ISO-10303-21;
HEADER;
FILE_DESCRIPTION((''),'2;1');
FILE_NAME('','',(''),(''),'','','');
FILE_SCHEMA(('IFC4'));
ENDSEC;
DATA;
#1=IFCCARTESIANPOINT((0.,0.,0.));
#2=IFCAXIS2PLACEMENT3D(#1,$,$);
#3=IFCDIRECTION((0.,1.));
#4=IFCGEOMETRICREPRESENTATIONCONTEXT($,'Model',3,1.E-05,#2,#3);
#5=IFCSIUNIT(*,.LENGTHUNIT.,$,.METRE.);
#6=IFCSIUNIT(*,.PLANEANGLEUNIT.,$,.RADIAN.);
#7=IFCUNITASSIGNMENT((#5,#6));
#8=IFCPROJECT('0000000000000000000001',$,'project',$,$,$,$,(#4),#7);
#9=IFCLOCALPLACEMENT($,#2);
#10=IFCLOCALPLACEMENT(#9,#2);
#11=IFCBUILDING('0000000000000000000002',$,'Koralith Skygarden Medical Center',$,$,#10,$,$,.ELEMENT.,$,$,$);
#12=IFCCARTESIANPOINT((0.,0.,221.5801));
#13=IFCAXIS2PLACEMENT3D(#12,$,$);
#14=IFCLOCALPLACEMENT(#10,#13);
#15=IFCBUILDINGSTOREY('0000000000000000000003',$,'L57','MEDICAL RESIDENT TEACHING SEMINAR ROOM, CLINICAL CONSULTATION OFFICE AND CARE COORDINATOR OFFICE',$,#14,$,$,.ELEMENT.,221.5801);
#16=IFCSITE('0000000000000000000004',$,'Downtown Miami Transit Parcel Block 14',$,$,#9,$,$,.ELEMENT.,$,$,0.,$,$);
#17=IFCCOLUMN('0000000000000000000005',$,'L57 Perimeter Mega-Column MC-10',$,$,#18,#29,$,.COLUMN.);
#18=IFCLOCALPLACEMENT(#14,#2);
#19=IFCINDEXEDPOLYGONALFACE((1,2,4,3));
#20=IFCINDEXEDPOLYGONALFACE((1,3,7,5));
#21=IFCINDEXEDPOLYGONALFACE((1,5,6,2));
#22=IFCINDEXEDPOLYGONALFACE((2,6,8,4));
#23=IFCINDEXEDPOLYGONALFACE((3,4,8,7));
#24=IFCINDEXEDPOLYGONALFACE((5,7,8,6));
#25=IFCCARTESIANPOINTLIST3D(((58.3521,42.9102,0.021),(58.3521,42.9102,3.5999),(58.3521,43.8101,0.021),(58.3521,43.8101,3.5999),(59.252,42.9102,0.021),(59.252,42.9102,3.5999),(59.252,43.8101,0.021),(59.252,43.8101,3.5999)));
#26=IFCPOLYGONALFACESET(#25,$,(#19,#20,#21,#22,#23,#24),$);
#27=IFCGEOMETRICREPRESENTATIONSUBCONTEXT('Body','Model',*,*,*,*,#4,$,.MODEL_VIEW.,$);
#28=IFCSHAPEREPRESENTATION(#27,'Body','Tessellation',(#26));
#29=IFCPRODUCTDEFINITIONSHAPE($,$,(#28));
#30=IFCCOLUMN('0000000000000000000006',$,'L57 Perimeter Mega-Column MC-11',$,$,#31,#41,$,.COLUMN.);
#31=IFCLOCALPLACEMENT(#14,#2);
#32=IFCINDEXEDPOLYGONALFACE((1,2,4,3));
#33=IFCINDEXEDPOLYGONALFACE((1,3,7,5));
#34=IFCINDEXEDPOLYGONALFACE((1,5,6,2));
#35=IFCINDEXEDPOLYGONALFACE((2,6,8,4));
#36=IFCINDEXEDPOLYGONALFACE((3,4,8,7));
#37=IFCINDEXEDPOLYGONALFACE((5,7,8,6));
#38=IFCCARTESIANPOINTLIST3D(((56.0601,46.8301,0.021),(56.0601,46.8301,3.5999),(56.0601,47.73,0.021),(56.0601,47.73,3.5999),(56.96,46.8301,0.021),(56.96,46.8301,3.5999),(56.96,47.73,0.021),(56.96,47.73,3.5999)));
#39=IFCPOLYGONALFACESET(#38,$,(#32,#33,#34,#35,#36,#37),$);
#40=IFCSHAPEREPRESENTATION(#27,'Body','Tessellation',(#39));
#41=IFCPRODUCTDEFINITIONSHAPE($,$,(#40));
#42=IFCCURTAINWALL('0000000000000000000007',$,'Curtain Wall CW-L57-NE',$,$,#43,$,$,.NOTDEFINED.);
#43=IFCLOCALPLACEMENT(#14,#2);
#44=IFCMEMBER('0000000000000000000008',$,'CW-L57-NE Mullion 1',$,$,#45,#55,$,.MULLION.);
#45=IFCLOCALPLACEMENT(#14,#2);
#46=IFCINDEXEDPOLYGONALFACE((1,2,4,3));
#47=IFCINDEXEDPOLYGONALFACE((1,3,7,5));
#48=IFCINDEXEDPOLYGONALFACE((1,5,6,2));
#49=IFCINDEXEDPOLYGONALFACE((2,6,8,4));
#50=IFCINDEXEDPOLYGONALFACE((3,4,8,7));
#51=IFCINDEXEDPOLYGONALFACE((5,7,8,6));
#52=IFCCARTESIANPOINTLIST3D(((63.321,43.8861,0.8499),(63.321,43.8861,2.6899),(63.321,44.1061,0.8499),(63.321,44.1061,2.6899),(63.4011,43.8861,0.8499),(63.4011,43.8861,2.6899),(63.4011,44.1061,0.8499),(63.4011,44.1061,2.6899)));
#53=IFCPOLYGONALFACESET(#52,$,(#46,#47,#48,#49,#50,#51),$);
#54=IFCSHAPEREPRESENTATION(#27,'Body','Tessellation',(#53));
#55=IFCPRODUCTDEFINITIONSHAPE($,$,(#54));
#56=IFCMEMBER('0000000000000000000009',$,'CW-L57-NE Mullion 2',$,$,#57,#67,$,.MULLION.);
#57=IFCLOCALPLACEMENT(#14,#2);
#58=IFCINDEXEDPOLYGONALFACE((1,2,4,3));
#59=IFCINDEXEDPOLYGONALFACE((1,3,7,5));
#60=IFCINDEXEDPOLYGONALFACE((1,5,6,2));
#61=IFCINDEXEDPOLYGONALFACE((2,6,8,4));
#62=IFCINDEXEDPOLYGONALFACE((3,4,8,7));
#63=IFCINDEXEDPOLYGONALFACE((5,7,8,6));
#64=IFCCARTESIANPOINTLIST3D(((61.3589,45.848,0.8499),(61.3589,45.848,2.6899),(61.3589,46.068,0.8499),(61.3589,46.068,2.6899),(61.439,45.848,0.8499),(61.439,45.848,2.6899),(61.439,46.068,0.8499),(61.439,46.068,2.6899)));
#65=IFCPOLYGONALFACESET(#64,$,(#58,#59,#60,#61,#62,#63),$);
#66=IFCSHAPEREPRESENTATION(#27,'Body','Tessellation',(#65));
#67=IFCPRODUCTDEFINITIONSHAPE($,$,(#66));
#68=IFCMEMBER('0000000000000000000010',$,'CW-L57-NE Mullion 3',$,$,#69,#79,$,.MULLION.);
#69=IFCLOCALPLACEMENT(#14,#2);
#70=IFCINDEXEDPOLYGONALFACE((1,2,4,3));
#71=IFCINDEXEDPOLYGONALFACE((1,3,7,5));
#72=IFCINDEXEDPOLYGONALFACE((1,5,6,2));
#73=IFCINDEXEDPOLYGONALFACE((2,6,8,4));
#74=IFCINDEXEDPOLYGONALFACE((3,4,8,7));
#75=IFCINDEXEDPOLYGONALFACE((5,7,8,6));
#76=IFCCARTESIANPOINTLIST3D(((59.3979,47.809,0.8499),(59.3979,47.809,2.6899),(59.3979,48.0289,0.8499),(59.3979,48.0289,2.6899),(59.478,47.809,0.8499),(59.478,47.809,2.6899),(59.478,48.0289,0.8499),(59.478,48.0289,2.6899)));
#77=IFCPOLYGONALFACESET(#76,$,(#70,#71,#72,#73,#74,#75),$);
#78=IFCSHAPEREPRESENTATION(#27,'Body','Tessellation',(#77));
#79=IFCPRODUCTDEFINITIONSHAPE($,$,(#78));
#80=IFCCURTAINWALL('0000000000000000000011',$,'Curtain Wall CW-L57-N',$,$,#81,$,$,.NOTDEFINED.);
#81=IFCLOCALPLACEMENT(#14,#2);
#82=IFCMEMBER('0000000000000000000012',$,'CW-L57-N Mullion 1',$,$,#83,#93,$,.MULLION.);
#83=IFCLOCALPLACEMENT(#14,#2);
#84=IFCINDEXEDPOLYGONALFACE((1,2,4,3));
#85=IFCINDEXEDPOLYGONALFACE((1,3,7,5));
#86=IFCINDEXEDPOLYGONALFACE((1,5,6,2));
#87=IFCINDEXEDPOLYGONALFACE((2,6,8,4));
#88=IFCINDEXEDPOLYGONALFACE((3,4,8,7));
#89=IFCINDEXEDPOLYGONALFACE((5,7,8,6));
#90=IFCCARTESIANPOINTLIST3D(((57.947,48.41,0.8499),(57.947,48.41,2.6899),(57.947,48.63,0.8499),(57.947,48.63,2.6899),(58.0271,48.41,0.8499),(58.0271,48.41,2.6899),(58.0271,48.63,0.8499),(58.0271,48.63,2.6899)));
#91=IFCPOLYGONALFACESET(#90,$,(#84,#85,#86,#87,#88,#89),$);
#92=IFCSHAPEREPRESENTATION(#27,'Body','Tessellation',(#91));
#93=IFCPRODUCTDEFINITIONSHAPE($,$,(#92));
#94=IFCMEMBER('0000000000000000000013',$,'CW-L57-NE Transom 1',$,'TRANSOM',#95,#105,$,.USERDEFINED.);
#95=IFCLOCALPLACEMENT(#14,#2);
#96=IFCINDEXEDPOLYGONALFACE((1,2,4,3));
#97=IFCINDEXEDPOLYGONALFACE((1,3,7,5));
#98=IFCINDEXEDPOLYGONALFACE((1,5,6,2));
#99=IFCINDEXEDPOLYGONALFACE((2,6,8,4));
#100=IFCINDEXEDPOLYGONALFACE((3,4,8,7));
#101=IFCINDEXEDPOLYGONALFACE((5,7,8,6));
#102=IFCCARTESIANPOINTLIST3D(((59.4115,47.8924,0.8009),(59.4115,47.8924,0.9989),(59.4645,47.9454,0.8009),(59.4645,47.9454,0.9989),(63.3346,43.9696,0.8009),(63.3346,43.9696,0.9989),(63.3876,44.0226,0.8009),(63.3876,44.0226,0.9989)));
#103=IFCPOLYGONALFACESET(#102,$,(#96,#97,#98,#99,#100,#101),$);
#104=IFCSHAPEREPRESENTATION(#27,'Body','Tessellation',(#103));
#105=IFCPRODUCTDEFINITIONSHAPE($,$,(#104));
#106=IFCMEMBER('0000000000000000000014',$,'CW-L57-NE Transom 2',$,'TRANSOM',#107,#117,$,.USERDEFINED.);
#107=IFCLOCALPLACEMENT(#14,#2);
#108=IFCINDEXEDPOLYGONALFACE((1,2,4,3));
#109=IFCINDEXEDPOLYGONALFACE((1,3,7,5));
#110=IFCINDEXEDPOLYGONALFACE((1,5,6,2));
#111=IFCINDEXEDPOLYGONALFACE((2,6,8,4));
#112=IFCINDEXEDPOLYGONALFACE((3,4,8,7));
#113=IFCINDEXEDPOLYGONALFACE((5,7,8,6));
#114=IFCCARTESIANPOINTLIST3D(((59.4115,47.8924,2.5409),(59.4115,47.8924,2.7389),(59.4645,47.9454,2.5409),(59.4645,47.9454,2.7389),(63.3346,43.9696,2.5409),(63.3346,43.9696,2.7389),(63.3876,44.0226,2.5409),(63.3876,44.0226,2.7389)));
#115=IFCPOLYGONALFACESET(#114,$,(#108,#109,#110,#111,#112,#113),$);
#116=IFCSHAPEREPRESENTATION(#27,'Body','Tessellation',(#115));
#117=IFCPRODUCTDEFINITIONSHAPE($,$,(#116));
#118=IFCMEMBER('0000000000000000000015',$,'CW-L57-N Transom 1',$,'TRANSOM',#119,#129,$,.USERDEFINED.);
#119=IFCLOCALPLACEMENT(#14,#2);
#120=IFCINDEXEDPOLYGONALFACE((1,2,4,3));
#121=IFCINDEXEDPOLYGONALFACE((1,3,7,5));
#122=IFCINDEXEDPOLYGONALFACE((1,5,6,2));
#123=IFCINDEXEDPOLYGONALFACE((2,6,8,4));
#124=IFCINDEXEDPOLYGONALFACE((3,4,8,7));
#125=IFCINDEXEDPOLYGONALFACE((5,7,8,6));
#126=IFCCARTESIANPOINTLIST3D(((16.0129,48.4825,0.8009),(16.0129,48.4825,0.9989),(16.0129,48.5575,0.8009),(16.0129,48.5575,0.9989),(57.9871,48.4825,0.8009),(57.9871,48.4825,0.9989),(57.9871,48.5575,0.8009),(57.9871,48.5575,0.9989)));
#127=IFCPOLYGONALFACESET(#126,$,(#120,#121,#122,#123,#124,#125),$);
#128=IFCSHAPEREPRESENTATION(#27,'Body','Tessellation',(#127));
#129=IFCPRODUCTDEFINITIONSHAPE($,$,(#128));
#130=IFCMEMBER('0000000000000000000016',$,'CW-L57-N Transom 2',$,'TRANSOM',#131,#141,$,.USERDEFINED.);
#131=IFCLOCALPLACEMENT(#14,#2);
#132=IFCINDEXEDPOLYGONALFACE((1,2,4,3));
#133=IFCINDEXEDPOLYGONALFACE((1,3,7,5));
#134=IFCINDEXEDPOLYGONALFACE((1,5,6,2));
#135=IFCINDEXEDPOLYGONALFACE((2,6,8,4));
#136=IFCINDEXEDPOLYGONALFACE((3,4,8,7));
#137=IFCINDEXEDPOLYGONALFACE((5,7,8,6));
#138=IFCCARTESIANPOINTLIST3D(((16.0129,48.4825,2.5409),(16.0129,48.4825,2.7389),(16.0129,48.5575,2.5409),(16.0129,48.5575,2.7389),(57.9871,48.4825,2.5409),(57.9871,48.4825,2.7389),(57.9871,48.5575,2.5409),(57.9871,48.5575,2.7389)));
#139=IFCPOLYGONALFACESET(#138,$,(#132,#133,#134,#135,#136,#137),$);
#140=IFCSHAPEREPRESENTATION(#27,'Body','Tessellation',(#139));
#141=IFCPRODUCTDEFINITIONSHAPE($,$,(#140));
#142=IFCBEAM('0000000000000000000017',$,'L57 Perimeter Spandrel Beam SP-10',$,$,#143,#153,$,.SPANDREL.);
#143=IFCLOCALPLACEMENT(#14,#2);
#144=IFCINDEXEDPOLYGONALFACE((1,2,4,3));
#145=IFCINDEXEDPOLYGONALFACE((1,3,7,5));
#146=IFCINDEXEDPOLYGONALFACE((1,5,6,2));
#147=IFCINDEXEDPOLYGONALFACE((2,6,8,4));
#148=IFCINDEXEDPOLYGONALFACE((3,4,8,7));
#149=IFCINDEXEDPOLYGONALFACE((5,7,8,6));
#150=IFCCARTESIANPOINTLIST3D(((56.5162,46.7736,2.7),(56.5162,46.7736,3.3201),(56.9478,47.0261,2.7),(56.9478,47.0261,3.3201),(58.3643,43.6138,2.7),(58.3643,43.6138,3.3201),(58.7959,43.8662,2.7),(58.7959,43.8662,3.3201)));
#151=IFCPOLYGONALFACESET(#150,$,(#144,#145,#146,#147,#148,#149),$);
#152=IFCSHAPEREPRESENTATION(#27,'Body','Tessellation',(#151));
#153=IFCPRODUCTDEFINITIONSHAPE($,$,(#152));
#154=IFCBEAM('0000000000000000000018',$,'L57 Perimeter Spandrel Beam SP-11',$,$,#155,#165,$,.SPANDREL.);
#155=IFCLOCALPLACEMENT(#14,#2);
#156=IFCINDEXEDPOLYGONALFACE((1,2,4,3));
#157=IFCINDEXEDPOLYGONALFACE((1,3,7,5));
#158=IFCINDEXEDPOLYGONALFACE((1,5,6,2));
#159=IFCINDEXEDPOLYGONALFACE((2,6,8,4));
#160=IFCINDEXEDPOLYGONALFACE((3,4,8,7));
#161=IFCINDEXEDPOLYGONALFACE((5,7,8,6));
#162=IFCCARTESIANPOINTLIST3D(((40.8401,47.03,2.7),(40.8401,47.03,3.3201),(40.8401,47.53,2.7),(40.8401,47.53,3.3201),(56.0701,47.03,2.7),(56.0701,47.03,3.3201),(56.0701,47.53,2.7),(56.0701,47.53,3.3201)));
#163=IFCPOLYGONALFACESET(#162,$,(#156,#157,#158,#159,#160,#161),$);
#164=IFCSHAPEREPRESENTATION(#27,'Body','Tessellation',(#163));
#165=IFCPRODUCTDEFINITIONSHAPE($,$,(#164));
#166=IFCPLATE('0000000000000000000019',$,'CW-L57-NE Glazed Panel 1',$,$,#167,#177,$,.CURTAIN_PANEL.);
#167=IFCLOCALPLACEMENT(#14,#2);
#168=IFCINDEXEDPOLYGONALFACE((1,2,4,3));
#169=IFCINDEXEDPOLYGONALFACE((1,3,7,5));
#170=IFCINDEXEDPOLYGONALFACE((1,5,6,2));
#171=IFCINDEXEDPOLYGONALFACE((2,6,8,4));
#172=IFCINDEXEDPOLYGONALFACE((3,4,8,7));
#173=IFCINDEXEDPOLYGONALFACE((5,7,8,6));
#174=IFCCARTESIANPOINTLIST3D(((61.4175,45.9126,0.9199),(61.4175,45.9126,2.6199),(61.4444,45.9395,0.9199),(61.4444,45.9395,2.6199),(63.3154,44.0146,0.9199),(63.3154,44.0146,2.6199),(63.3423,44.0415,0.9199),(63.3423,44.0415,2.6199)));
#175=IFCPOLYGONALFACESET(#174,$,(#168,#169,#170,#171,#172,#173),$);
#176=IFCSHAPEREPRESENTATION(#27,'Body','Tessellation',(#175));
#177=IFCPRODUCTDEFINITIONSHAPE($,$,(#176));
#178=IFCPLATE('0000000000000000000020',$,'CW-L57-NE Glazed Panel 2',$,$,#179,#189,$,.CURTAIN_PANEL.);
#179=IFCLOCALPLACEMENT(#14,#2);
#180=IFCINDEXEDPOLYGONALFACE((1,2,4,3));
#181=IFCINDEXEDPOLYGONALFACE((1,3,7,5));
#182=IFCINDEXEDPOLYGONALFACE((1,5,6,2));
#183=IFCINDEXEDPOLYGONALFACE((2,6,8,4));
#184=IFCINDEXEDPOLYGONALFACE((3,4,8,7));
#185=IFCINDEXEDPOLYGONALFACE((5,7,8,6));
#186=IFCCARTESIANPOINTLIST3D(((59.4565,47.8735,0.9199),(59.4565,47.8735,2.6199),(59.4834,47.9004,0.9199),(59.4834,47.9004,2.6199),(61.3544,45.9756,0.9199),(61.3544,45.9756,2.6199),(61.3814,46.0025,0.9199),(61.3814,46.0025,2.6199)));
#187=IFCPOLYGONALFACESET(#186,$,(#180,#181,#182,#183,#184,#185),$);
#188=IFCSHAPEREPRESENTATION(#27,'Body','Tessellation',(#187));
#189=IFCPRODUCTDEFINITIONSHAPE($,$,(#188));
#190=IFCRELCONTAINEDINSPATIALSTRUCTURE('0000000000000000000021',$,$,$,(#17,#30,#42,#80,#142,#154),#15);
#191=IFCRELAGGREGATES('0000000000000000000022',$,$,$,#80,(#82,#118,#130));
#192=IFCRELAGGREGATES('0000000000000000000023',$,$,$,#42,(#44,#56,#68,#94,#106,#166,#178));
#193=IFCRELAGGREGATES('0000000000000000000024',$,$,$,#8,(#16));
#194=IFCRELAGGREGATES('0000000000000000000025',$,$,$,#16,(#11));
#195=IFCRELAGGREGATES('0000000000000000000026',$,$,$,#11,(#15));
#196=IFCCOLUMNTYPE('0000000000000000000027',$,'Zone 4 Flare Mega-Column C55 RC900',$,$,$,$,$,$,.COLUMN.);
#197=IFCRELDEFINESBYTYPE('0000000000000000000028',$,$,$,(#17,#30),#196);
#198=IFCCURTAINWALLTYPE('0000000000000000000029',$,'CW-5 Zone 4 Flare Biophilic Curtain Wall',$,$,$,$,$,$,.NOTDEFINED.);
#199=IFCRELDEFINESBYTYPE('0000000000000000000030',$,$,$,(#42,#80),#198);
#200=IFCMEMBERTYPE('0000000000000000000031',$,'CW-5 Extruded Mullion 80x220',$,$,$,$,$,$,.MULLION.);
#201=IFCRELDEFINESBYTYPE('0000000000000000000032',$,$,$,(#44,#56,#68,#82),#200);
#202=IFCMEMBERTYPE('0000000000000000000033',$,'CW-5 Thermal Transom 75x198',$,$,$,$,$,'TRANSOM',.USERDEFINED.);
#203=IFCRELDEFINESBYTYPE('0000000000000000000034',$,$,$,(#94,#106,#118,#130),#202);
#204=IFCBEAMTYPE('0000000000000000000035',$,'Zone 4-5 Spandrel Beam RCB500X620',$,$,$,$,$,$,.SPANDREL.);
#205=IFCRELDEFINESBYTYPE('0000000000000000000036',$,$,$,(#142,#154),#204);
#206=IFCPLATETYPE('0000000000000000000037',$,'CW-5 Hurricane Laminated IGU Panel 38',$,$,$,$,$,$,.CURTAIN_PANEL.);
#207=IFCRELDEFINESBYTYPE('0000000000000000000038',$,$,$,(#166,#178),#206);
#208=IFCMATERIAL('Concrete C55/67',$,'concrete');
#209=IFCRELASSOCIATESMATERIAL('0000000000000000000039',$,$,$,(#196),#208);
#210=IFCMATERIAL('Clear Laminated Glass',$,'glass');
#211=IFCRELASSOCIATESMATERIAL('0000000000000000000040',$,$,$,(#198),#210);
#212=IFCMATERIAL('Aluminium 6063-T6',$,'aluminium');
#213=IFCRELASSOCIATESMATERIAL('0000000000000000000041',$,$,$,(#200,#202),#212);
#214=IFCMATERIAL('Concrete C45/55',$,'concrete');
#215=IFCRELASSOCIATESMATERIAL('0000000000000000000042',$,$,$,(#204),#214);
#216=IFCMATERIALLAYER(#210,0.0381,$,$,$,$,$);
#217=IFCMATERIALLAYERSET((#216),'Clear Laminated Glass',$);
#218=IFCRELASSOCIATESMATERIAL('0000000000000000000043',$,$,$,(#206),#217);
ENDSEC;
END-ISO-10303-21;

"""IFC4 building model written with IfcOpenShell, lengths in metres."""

from ifc_helpers import new_model, si_unit, direction, frame, origin, origin_2d, place, context, subcontext, project, spatial, rectangle, extrude, material, layer, layer_set, material_profile, profile_set, type_object, element, aggregate, save


model = new_model("IFC4")

# Units and contexts
model_context = context("Model", 3, precision=1e-05, world=origin(), true_north=direction((0.0, 1.0)))
body_context = subcontext(model_context, "Body", "Model", "MODEL_VIEW")
ifc_project = project(units=[si_unit("LENGTHUNIT", "METRE"), si_unit("PLANEANGLEUNIT", "RADIAN")], contexts=[model_context])

# Site, building, storey
site_placement = place(None, origin())
site = spatial("IfcSite", under=ifc_project, at=site_placement, Name="Downtown Miami Transit Parcel Block 14", CompositionType="ELEMENT", RefElevation=0.0)
building_placement = place(site_placement, origin())
building = spatial("IfcBuilding", under=site, at=building_placement, Name="Koralith Skygarden Medical Center", CompositionType="ELEMENT")
storey_placement = place(building_placement, frame((0.0, 0.0, 221.5801)))
storey = spatial("IfcBuildingStorey", under=building, at=storey_placement, Name="L57", Description="MEDICAL RESIDENT TEACHING SEMINAR ROOM, CLINICAL CONSULTATION OFFICE AND CARE COORDINATOR OFFICE", CompositionType="ELEMENT", Elevation=221.5801)

# Columns
ifc_material_1 = material(Name="Concrete C55/67", Category="concrete")
ifc_material_profile_1 = material_profile(ifc_material_1, rectangle(XDim=0.8999, YDim=0.8999, at=origin_2d()), Name="RC900X900")
ifc_profile_set_1 = profile_set([ifc_material_profile_1], Name="Concrete C55/67")
column_type = type_object("IfcColumnType", Name="Zone 4 Flare Mega-Column C55 RC900", PredefinedType="COLUMN", material=ifc_profile_set_1)
for number, where, z_axis, x_axis, name in (
    (1, (58.802, 43.3601, 0.021), (0.0, 0.0, 1.0), (1.0, 0.0, 0.0), "L57 Perimeter Mega-Column MC-10"),
    (2, (56.51, 47.28, 0.021), (0.0, 0.0, 1.0), (1.0, 0.0, 0.0), "L57 Perimeter Mega-Column MC-11"),
):
    element("IfcColumn", number, at=place(storey_placement, frame(where, z_axis=z_axis, x_axis=x_axis)), inside=storey, type_object=column_type, Name=name, PredefinedType="COLUMN", context=body_context, shape_type="SweptSolid", body=[
        extrude(rectangle(XDim=0.8999, YDim=0.8999, at=origin_2d()), origin(), (0.0, 0.0, 1.0), 3.5789),
    ])

# Curtain wall, members
ifc_material_2 = material(Name="Clear Laminated Glass", Category="glass")
curtain_wall_type = type_object("IfcCurtainWallType", Name="CW-5 Zone 4 Flare Biophilic Curtain Wall", PredefinedType="NOTDEFINED", material=ifc_material_2)
curtain_wall_1_placement = place(storey_placement, origin())
curtain_wall_1 = element("IfcCurtainWall", 3, at=curtain_wall_1_placement, inside=storey, type_object=curtain_wall_type, Name="Curtain Wall CW-L57-NE", PredefinedType="NOTDEFINED")
ifc_material_3 = material(Name="Aluminium 6063-T6", Category="aluminium")
ifc_material_profile_2 = material_profile(ifc_material_3, rectangle(XDim=0.0801, YDim=0.22, at=origin_2d()), Name="MUL80X220")
ifc_profile_set_2 = profile_set([ifc_material_profile_2], Name="Aluminium 6063-T6")
member_type_1 = type_object("IfcMemberType", Name="CW-5 Extruded Mullion 80x220", PredefinedType="MULLION", material=ifc_profile_set_2)
member_1_placement = place(storey_placement, frame((63.3611, 43.9961, 0.8499), z_axis=(0.0, 0.0, 1.0), x_axis=(1.0, 0.0, 0.0)))
member_1 = element("IfcMember", 4, at=member_1_placement, type_object=member_type_1, Name="CW-L57-NE Mullion 1", PredefinedType="MULLION", context=body_context, shape_type="SweptSolid", body=[
    extrude(rectangle(XDim=0.0801, YDim=0.22, at=origin_2d()), origin(), (0.0, 0.0, 1.0), 1.8401),
])
member_2_placement = place(storey_placement, frame((61.3989, 45.958, 0.8499), z_axis=(0.0, 0.0, 1.0), x_axis=(1.0, 0.0, 0.0)))
member_2 = element("IfcMember", 5, at=member_2_placement, type_object=member_type_1, Name="CW-L57-NE Mullion 2", PredefinedType="MULLION", context=body_context, shape_type="SweptSolid", body=[
    extrude(rectangle(XDim=0.0801, YDim=0.22, at=origin_2d()), origin(), (0.0, 0.0, 1.0), 1.8401),
])
member_3_placement = place(storey_placement, frame((59.438, 47.9189, 0.8499), z_axis=(0.0, 0.0, 1.0), x_axis=(1.0, 0.0, 0.0)))
member_3 = element("IfcMember", 6, at=member_3_placement, type_object=member_type_1, Name="CW-L57-NE Mullion 3", PredefinedType="MULLION", context=body_context, shape_type="SweptSolid", body=[
    extrude(rectangle(XDim=0.0801, YDim=0.22, at=origin_2d()), origin(), (0.0, 0.0, 1.0), 1.8401),
])

# Curtain wall, member
curtain_wall_2_placement = place(storey_placement, origin())
curtain_wall_2 = element("IfcCurtainWall", 7, at=curtain_wall_2_placement, inside=storey, type_object=curtain_wall_type, Name="Curtain Wall CW-L57-N", PredefinedType="NOTDEFINED")
member_4_placement = place(storey_placement, frame((57.9871, 48.52, 0.8499), z_axis=(0.0, 0.0, 1.0), x_axis=(1.0, 0.0, 0.0)))
member_4 = element("IfcMember", 8, at=member_4_placement, type_object=member_type_1, Name="CW-L57-N Mullion 1", PredefinedType="MULLION", context=body_context, shape_type="SweptSolid", body=[
    extrude(rectangle(XDim=0.0801, YDim=0.22, at=origin_2d()), origin(), (0.0, 0.0, 1.0), 1.8401),
])

# Members
ifc_material_profile_3 = material_profile(ifc_material_3, rectangle(XDim=0.075, YDim=0.198, at=origin_2d()), Name="TRN75X198")
ifc_profile_set_3 = profile_set([ifc_material_profile_3], Name="Aluminium 6063-T6")
member_type_2 = type_object("IfcMemberType", Name="CW-5 Thermal Transom 75x198", ElementType="TRANSOM", PredefinedType="USERDEFINED", material=ifc_profile_set_3)
member_5_placement = place(storey_placement, frame((63.3611, 43.9961, 0.8999), z_axis=(-0.707129, 0.707085, 0.0), x_axis=(-0.707085, -0.707129, 0.0)))
member_5 = element("IfcMember", 9, at=member_5_placement, type_object=member_type_2, Name="CW-L57-NE Transom 1", ObjectType="TRANSOM", PredefinedType="USERDEFINED", context=body_context, shape_type="SweptSolid", body=[
    extrude(rectangle(XDim=0.075, YDim=0.198, at=origin_2d()), origin(), (0.0, 0.0, 1.0), 5.5479),
])
member_6_placement = place(storey_placement, frame((63.3611, 43.9961, 2.6399), z_axis=(-0.707129, 0.707085, 0.0), x_axis=(-0.707085, -0.707129, 0.0)))
member_6 = element("IfcMember", 10, at=member_6_placement, type_object=member_type_2, Name="CW-L57-NE Transom 2", ObjectType="TRANSOM", PredefinedType="USERDEFINED", context=body_context, shape_type="SweptSolid", body=[
    extrude(rectangle(XDim=0.075, YDim=0.198, at=origin_2d()), origin(), (0.0, 0.0, 1.0), 5.5479),
])
member_7_placement = place(storey_placement, frame((57.9871, 48.52, 0.8999), z_axis=(-1.0, 0.0, 0.0), x_axis=(0.0, -1.0, 0.0)))
member_7 = element("IfcMember", 11, at=member_7_placement, type_object=member_type_2, Name="CW-L57-N Transom 1", ObjectType="TRANSOM", PredefinedType="USERDEFINED", context=body_context, shape_type="SweptSolid", body=[
    extrude(rectangle(XDim=0.075, YDim=0.198, at=origin_2d()), origin(), (0.0, 0.0, 1.0), 41.9741),
])
member_8_placement = place(storey_placement, frame((57.9871, 48.52, 2.6399), z_axis=(-1.0, 0.0, 0.0), x_axis=(0.0, -1.0, 0.0)))
member_8 = element("IfcMember", 12, at=member_8_placement, type_object=member_type_2, Name="CW-L57-N Transom 2", ObjectType="TRANSOM", PredefinedType="USERDEFINED", context=body_context, shape_type="SweptSolid", body=[
    extrude(rectangle(XDim=0.075, YDim=0.198, at=origin_2d()), origin(), (0.0, 0.0, 1.0), 41.9741),
])
aggregate(curtain_wall_2, [member_4, member_7, member_8])

# Beams
ifc_material_4 = material(Name="Concrete C45/55", Category="concrete")
ifc_material_profile_4 = material_profile(ifc_material_4, rectangle(XDim=0.5, YDim=0.6201, at=origin_2d()), Name="RCB500X620")
ifc_profile_set_4 = profile_set([ifc_material_profile_4], Name="Concrete C45/55")
beam_type = type_object("IfcBeamType", Name="Zone 4-5 Spandrel Beam RCB500X620", PredefinedType="SPANDREL", material=ifc_profile_set_4)
beam_1_placement = place(storey_placement, frame((58.5801, 43.74, 3.01), z_axis=(-0.504862, 0.8632, 0.0), x_axis=(-0.8632, -0.504862, 0.0)))
element("IfcBeam", 13, at=beam_1_placement, inside=storey, type_object=beam_type, Name="L57 Perimeter Spandrel Beam SP-10", PredefinedType="SPANDREL", context=body_context, shape_type="SweptSolid", body=[
    extrude(rectangle(XDim=0.5, YDim=0.6201, at=origin_2d()), origin(), (0.0, 0.0, 1.0), 3.6606),
])
beam_2_placement = place(storey_placement, frame((56.0701, 47.28, 3.01), z_axis=(-1.0, 0.0, 0.0), x_axis=(0.0, -1.0, 0.0)))
element("IfcBeam", 14, at=beam_2_placement, inside=storey, type_object=beam_type, Name="L57 Perimeter Spandrel Beam SP-11", PredefinedType="SPANDREL", context=body_context, shape_type="SweptSolid", body=[
    extrude(rectangle(XDim=0.5, YDim=0.6201, at=origin_2d()), origin(), (0.0, 0.0, 1.0), 15.23),
])

# Plates
ifc_layer_1 = layer(ifc_material_2, 0.0381)
ifc_layer_set_1 = layer_set([ifc_layer_1], Name="Clear Laminated Glass")
plate_type_1 = type_object("IfcPlateType", Name="CW-5 Hurricane Laminated IGU Panel 38", PredefinedType="CURTAIN_PANEL", material=ifc_layer_set_1)
plate_1_placement = place(storey_placement, frame((62.3799, 44.9771, 0.9199), z_axis=(0.0, 0.0, 1.0), x_axis=(-0.707107, 0.707107, 0.0)))
plate_1 = element("IfcPlate", 15, at=plate_1_placement, type_object=plate_type_1, Name="CW-L57-NE Glazed Panel 1", PredefinedType="CURTAIN_PANEL", context=body_context, shape_type="SweptSolid", body=[
    extrude(rectangle(XDim=2.6841, YDim=0.0381, at=origin_2d()), origin(), (0.0, 0.0, 1.0), 1.7),
])
plate_2_placement = place(storey_placement, frame((60.4189, 46.938, 0.9199), z_axis=(0.0, 0.0, 1.0), x_axis=(-0.707107, 0.707107, 0.0)))
plate_2 = element("IfcPlate", 16, at=plate_2_placement, type_object=plate_type_1, Name="CW-L57-NE Glazed Panel 2", PredefinedType="CURTAIN_PANEL", context=body_context, shape_type="SweptSolid", body=[
    extrude(rectangle(XDim=2.6841, YDim=0.0381, at=origin_2d()), origin(), (0.0, 0.0, 1.0), 1.7),
])
aggregate(curtain_wall_1, [member_1, member_2, member_3, member_5, member_6, plate_1, plate_2])

save(model, "model.ifc")
